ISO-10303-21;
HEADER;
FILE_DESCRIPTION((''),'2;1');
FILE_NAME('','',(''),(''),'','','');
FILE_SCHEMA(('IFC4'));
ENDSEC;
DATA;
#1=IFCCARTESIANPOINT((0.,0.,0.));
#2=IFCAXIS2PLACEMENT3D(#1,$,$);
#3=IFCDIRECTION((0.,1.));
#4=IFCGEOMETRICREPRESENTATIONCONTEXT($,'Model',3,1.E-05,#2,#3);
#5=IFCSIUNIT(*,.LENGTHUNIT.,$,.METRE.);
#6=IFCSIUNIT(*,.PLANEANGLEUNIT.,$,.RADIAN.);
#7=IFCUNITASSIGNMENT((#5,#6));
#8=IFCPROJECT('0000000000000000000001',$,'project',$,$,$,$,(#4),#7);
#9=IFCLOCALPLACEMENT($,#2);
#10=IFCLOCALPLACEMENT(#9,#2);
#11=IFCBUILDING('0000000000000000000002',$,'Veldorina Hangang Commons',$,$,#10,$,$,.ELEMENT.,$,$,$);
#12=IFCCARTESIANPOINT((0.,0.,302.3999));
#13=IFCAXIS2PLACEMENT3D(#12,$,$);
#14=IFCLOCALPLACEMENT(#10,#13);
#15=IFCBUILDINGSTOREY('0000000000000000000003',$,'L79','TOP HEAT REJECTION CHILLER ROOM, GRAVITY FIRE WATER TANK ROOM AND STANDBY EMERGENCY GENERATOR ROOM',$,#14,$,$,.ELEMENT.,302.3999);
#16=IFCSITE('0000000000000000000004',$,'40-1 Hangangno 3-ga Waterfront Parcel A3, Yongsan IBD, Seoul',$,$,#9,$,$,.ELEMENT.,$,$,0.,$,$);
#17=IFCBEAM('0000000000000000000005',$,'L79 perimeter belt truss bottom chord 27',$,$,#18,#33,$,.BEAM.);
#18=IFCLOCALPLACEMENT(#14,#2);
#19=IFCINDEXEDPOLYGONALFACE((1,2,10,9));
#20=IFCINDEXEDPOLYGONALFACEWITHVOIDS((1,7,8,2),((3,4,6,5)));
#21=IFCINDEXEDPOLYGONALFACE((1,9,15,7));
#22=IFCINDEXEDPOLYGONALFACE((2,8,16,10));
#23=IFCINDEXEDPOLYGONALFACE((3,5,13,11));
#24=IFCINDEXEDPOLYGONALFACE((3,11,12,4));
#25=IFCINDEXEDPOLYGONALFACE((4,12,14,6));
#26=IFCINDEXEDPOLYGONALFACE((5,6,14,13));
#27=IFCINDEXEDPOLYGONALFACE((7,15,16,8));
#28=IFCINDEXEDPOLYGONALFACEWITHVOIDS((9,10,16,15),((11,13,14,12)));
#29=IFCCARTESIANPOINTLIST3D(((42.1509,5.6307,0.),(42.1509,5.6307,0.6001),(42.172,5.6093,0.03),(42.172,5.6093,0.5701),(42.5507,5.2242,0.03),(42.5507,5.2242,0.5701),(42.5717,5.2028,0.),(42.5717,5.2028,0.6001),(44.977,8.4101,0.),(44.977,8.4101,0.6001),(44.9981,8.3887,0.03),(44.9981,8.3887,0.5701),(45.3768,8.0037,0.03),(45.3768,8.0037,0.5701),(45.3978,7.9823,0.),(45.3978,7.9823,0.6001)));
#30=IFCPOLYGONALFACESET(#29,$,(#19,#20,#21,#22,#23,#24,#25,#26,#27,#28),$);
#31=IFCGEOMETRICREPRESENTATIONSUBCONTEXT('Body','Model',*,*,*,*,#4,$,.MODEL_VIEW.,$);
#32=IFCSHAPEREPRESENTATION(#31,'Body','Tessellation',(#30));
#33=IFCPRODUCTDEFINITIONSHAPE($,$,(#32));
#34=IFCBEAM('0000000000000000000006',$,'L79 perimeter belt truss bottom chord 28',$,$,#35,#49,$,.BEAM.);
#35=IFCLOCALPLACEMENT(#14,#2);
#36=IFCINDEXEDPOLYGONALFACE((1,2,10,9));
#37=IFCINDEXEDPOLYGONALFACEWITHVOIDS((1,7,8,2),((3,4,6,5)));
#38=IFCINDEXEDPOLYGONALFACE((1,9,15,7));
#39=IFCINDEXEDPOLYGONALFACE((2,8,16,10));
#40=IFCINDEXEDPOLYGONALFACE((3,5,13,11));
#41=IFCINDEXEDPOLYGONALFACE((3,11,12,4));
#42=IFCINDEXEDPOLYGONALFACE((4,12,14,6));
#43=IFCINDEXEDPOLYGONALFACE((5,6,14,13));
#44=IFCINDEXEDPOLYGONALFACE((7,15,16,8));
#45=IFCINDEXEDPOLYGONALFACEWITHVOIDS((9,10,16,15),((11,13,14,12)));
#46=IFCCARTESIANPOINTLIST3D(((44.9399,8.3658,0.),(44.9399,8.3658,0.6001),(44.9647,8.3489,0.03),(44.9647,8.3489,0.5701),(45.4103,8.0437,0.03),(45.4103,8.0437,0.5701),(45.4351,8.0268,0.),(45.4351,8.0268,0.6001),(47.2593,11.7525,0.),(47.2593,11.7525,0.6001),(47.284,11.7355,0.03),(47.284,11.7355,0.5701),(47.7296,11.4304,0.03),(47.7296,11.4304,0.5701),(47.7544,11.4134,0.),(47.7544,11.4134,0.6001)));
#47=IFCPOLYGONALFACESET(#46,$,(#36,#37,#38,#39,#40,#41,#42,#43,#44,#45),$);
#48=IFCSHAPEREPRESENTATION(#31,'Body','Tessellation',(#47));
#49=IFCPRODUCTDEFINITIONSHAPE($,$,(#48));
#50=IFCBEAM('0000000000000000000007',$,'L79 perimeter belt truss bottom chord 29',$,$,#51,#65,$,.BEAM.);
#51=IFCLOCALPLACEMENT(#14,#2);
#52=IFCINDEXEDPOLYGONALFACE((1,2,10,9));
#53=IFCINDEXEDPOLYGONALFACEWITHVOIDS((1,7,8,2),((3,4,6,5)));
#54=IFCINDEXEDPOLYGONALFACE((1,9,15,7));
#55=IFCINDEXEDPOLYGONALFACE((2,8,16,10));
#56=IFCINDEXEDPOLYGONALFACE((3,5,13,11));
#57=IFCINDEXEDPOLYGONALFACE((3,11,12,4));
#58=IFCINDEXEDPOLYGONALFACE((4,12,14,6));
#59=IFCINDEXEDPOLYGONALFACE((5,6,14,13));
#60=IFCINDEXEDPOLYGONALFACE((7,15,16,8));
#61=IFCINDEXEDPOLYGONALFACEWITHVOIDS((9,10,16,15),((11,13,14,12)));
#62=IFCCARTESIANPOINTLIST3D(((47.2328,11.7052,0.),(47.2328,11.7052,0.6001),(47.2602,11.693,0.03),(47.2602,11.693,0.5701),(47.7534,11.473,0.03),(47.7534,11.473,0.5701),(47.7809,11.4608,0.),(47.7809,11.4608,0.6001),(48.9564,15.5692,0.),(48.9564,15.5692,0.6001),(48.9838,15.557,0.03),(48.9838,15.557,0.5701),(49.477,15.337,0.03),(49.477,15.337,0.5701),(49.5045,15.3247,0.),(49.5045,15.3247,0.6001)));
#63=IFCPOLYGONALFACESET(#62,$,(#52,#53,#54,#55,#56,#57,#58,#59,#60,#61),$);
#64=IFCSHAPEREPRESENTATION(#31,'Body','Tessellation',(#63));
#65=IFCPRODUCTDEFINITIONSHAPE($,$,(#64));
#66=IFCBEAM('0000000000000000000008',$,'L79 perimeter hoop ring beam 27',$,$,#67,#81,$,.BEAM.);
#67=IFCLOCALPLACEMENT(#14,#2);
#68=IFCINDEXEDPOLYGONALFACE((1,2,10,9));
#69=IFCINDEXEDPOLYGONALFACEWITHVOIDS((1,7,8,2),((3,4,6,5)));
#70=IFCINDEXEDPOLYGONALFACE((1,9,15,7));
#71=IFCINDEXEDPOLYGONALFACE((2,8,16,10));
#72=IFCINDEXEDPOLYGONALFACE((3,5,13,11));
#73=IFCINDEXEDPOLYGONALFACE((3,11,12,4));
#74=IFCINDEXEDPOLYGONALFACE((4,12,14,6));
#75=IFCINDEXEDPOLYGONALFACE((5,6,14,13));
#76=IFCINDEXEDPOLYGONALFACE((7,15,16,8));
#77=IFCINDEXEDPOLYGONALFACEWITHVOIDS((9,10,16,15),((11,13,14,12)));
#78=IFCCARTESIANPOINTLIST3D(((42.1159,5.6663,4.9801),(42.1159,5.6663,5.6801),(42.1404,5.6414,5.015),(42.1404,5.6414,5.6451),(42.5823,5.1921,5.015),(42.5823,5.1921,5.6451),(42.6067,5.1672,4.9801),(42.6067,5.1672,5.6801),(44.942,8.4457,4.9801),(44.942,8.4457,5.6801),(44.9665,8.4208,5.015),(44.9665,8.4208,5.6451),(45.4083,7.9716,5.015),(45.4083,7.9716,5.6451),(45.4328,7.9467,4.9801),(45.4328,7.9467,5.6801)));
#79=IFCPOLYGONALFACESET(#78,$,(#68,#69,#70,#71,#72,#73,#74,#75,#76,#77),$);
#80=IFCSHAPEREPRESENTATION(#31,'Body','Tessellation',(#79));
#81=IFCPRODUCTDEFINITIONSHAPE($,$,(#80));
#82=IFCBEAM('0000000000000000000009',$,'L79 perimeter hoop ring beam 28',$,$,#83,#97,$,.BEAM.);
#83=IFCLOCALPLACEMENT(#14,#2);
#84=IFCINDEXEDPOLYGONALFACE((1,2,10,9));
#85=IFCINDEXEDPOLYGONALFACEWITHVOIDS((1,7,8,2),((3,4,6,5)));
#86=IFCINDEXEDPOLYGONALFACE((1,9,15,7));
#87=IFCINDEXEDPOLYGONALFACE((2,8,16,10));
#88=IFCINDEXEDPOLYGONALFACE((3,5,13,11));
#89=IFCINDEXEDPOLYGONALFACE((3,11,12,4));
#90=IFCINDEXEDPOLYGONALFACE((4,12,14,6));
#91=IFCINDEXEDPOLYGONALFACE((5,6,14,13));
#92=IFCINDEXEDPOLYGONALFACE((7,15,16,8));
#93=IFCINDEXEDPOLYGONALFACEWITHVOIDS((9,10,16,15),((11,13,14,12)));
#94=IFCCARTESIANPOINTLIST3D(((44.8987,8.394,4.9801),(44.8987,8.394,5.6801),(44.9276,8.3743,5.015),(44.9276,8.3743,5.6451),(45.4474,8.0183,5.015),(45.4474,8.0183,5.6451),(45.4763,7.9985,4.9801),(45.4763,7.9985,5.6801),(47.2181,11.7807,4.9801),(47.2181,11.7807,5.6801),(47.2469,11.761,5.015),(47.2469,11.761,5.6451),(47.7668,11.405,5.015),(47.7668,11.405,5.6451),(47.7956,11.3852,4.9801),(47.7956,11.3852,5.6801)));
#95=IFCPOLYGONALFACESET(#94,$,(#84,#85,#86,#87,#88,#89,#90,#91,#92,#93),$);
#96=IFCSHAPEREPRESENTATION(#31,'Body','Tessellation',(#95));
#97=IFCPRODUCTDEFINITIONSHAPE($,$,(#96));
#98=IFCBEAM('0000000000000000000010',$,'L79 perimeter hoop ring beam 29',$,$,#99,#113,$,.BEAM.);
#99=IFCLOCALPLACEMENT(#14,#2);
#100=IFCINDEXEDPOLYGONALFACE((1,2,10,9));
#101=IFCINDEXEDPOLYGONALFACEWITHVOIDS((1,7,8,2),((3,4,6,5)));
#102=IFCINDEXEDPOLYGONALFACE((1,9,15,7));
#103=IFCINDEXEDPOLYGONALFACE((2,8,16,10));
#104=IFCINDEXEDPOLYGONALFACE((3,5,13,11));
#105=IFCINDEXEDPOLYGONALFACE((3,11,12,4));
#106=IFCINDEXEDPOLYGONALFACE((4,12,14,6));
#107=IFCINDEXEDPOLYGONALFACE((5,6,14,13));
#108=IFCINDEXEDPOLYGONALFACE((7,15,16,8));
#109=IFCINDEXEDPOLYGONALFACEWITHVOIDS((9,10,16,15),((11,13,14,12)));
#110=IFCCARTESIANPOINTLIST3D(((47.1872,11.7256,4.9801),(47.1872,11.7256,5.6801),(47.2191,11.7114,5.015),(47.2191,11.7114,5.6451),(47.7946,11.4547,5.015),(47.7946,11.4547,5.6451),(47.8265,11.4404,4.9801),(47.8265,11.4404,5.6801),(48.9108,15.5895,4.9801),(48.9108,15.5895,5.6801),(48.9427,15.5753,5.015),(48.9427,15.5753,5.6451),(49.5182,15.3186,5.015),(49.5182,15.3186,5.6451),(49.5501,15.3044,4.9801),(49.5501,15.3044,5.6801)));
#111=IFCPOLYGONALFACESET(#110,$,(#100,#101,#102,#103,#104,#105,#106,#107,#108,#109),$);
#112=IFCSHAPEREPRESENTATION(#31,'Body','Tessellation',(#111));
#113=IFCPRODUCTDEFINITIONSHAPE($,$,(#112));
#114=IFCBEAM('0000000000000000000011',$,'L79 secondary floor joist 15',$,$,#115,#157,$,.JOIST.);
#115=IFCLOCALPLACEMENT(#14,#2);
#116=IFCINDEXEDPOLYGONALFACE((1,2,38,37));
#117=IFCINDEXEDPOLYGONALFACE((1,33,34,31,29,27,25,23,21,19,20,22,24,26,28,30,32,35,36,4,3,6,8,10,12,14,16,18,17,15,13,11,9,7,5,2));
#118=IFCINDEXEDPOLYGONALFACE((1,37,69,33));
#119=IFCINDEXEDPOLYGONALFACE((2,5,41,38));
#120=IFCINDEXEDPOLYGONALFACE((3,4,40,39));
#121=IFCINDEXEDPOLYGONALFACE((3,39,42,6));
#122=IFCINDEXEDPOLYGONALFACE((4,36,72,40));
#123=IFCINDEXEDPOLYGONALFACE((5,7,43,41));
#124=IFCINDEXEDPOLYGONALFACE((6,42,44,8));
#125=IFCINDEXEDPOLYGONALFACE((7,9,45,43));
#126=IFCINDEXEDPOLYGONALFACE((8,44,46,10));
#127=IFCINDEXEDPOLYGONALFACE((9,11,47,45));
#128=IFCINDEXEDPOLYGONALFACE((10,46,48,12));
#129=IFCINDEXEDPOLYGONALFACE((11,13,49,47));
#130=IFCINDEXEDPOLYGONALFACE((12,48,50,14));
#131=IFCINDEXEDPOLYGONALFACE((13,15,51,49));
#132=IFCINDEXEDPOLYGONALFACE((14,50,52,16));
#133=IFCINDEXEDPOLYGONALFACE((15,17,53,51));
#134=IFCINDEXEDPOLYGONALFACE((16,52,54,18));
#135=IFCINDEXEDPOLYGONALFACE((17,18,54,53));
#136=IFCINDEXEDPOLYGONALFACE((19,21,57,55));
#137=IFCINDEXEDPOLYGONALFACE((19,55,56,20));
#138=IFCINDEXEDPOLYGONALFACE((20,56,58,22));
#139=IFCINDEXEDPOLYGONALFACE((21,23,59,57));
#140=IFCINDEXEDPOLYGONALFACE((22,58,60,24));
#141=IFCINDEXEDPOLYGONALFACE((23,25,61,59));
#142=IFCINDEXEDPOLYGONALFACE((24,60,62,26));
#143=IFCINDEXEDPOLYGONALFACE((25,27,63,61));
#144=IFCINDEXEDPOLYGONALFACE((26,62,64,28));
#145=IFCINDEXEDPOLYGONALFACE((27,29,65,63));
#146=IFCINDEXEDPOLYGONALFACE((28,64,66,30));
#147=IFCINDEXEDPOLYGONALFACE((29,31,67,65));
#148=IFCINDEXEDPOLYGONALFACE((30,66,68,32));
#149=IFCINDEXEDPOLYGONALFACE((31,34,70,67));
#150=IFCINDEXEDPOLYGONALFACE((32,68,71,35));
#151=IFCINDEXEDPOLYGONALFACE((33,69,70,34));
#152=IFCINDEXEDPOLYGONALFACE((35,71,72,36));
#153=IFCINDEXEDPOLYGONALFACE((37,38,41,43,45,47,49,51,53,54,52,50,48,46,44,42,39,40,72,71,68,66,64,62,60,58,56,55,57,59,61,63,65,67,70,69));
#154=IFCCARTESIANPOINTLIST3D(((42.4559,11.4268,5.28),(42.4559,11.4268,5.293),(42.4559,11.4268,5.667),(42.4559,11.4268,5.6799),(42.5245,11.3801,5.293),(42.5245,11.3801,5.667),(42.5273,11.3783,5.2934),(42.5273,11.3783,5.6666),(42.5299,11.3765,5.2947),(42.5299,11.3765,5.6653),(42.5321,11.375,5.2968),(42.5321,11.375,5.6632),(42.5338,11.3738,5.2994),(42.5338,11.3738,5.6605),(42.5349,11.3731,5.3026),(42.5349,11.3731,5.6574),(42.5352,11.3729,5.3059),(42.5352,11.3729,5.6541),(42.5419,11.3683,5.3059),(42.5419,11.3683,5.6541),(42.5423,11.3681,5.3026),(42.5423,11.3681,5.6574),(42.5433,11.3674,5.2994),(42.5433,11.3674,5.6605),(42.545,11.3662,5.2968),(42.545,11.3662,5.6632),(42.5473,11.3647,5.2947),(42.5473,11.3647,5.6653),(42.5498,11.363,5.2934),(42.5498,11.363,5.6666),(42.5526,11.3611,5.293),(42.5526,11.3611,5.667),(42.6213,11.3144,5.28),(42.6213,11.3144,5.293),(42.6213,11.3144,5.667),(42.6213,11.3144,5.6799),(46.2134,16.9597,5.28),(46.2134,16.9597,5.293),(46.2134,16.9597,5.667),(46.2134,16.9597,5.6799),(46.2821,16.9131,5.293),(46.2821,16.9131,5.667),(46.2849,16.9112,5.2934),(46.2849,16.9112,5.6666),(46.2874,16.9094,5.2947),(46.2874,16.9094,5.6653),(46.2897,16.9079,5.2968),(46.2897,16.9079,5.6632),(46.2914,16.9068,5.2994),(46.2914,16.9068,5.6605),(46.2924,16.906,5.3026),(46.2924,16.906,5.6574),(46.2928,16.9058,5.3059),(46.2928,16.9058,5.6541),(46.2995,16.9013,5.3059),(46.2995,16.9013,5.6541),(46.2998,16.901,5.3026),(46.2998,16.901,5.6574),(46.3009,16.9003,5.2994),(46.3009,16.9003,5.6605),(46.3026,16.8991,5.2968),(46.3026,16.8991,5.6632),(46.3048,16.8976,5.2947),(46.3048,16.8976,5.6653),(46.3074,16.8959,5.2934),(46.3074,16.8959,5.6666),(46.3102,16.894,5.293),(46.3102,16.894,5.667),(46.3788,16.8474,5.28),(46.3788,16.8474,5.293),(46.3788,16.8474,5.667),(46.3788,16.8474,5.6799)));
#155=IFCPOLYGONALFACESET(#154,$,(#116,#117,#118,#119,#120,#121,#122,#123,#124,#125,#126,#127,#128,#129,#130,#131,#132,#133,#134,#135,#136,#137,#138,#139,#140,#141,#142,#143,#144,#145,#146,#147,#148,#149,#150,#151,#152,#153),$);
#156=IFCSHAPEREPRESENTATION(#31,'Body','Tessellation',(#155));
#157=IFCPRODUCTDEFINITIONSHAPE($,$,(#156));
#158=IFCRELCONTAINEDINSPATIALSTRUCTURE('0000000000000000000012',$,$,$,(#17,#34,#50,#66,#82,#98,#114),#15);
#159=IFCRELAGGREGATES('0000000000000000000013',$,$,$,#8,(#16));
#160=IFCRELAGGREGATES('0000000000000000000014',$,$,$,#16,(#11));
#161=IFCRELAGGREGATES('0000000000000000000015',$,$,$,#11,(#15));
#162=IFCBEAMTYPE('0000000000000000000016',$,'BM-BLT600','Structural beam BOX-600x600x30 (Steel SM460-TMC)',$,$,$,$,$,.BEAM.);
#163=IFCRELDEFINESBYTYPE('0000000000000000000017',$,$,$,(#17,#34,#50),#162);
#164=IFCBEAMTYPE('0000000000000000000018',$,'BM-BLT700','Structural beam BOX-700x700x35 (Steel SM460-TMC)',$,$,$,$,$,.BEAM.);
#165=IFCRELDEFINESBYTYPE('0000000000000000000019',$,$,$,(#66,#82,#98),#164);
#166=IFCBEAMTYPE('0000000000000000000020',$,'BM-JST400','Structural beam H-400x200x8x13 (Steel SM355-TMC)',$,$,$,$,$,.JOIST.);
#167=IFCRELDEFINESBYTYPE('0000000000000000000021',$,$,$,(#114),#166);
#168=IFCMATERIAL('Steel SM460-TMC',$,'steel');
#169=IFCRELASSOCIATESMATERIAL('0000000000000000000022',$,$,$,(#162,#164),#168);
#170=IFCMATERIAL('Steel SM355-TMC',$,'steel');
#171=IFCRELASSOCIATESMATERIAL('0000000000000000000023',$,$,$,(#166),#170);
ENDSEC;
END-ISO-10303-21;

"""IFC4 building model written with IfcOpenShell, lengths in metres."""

from ifc_helpers import new_model, si_unit, direction, frame, origin, origin_2d, place, context, subcontext, project, spatial, hollow_rectangle, i_section, extrude, material, material_profile, profile_set, type_object, element, save


model = new_model("IFC4")

# Units and contexts
model_context = context("Model", 3, precision=1e-05, world=origin(), true_north=direction((0.0, 1.0)))
body_context = subcontext(model_context, "Body", "Model", "MODEL_VIEW")
ifc_project = project(units=[si_unit("LENGTHUNIT", "METRE"), si_unit("PLANEANGLEUNIT", "RADIAN")], contexts=[model_context])

# Site, building, storey
site_placement = place(None, origin())
site = spatial("IfcSite", under=ifc_project, at=site_placement, Name="40-1 Hangangno 3-ga Waterfront Parcel A3, Yongsan IBD, Seoul", CompositionType="ELEMENT", RefElevation=0.0)
building_placement = place(site_placement, origin())
building = spatial("IfcBuilding", under=site, at=building_placement, Name="Veldorina Hangang Commons", CompositionType="ELEMENT")
storey_placement = place(building_placement, frame((0.0, 0.0, 302.3999)))
storey = spatial("IfcBuildingStorey", under=building, at=storey_placement, Name="L79", Description="TOP HEAT REJECTION CHILLER ROOM, GRAVITY FIRE WATER TANK ROOM AND STANDBY EMERGENCY GENERATOR ROOM", CompositionType="ELEMENT", Elevation=302.3999)

# Beams
ifc_material_1 = material(Name="Steel SM460-TMC", Category="steel")
ifc_material_profile_1 = material_profile(ifc_material_1, hollow_rectangle(XDim=0.6001, YDim=0.6001, WallThickness=0.03, at=origin_2d()), Name="BOX-600x600x30")
ifc_profile_set_1 = profile_set([ifc_material_profile_1], Name="Steel SM460-TMC")
beam_type_1 = type_object("IfcBeamType", Name="BM-BLT600", Description="Structural beam BOX-600x600x30 (Steel SM460-TMC)", PredefinedType="BEAM", material=ifc_profile_set_1)
beam_1_placement = place(storey_placement, frame((42.3613, 5.4167, 0.3), z_axis=(0.712964, 0.7012, 0.0), x_axis=(-0.7012, 0.712964, 0.0)))
element("IfcBeam", 1, at=beam_1_placement, inside=storey, type_object=beam_type_1, Name="L79 perimeter belt truss bottom chord 27", PredefinedType="BEAM", context=body_context, shape_type="SweptSolid", body=[
    extrude(hollow_rectangle(XDim=0.6001, YDim=0.6001, WallThickness=0.03, at=origin_2d()), origin(), (0.0, 0.0, 1.0), 3.9639),
])
beam_2_placement = place(storey_placement, frame((45.1875, 8.1963, 0.3), z_axis=(0.565034, 0.825068, 0.0), x_axis=(-0.825068, 0.565034, 0.0)))
element("IfcBeam", 2, at=beam_2_placement, inside=storey, type_object=beam_type_1, Name="L79 perimeter belt truss bottom chord 28", PredefinedType="BEAM", context=body_context, shape_type="SweptSolid", body=[
    extrude(hollow_rectangle(XDim=0.6001, YDim=0.6001, WallThickness=0.03, at=origin_2d()), origin(), (0.0, 0.0, 1.0), 4.1047),
])
beam_3_placement = place(storey_placement, frame((47.5068, 11.583, 0.3), z_axis=(0.40738, 0.913259, 0.0), x_axis=(-0.913259, 0.40738, 0.0)))
element("IfcBeam", 3, at=beam_3_placement, inside=storey, type_object=beam_type_1, Name="L79 perimeter belt truss bottom chord 29", PredefinedType="BEAM", context=body_context, shape_type="SweptSolid", body=[
    extrude(hollow_rectangle(XDim=0.6001, YDim=0.6001, WallThickness=0.03, at=origin_2d()), origin(), (0.0, 0.0, 1.0), 4.231),
])
ifc_material_profile_2 = material_profile(ifc_material_1, hollow_rectangle(XDim=0.7, YDim=0.7, WallThickness=0.0349, at=origin_2d()), Name="BOX-700x700x35")
ifc_profile_set_2 = profile_set([ifc_material_profile_2], Name="Steel SM460-TMC")
beam_type_2 = type_object("IfcBeamType", Name="BM-BLT700", Description="Structural beam BOX-700x700x35 (Steel SM460-TMC)", PredefinedType="BEAM", material=ifc_profile_set_2)
beam_4_placement = place(storey_placement, frame((42.3613, 5.4167, 5.3301), z_axis=(0.712964, 0.7012, 0.0), x_axis=(-0.7012, 0.712964, 0.0)))
element("IfcBeam", 4, at=beam_4_placement, inside=storey, type_object=beam_type_2, Name="L79 perimeter hoop ring beam 27", PredefinedType="BEAM", context=body_context, shape_type="SweptSolid", body=[
    extrude(hollow_rectangle(XDim=0.7, YDim=0.7, WallThickness=0.0349, at=origin_2d()), origin(), (0.0, 0.0, 1.0), 3.9639),
])
beam_5_placement = place(storey_placement, frame((45.1875, 8.1963, 5.3301), z_axis=(0.565034, 0.825068, 0.0), x_axis=(-0.825068, 0.565034, 0.0)))
element("IfcBeam", 5, at=beam_5_placement, inside=storey, type_object=beam_type_2, Name="L79 perimeter hoop ring beam 28", PredefinedType="BEAM", context=body_context, shape_type="SweptSolid", body=[
    extrude(hollow_rectangle(XDim=0.7, YDim=0.7, WallThickness=0.0349, at=origin_2d()), origin(), (0.0, 0.0, 1.0), 4.1047),
])
beam_6_placement = place(storey_placement, frame((47.5068, 11.583, 5.3301), z_axis=(0.40738, 0.913259, 0.0), x_axis=(-0.913259, 0.40738, 0.0)))
element("IfcBeam", 6, at=beam_6_placement, inside=storey, type_object=beam_type_2, Name="L79 perimeter hoop ring beam 29", PredefinedType="BEAM", context=body_context, shape_type="SweptSolid", body=[
    extrude(hollow_rectangle(XDim=0.7, YDim=0.7, WallThickness=0.0349, at=origin_2d()), origin(), (0.0, 0.0, 1.0), 4.231),
])
ifc_material_2 = material(Name="Steel SM355-TMC", Category="steel")
ifc_material_profile_3 = material_profile(ifc_material_2, i_section(OverallWidth=0.2, OverallDepth=0.3999, WebThickness=0.0081, FlangeThickness=0.0129, FilletRadius=0.0129, at=origin_2d()), Name="H-400x200x8x13")
ifc_profile_set_3 = profile_set([ifc_material_profile_3], Name="Steel SM355-TMC")
beam_type_3 = type_object("IfcBeamType", Name="BM-JST400", Description="Structural beam H-400x200x8x13 (Steel SM355-TMC)", PredefinedType="JOIST", material=ifc_profile_set_3)
beam_7_placement = place(storey_placement, frame((42.5386, 11.3706, 5.48), z_axis=(0.561815, 0.827263, 0.0), x_axis=(-0.827263, 0.561815, 0.0)))
element("IfcBeam", 7, at=beam_7_placement, inside=storey, type_object=beam_type_3, Name="L79 secondary floor joist 15", PredefinedType="JOIST", context=body_context, shape_type="SweptSolid", body=[
    extrude(i_section(OverallWidth=0.2, OverallDepth=0.3999, WebThickness=0.0081, FlangeThickness=0.0129, FilletRadius=0.0129, at=origin_2d()), origin(), (0.0, 0.0, 1.0), 6.6882),
])

save(model, "model.ifc")
